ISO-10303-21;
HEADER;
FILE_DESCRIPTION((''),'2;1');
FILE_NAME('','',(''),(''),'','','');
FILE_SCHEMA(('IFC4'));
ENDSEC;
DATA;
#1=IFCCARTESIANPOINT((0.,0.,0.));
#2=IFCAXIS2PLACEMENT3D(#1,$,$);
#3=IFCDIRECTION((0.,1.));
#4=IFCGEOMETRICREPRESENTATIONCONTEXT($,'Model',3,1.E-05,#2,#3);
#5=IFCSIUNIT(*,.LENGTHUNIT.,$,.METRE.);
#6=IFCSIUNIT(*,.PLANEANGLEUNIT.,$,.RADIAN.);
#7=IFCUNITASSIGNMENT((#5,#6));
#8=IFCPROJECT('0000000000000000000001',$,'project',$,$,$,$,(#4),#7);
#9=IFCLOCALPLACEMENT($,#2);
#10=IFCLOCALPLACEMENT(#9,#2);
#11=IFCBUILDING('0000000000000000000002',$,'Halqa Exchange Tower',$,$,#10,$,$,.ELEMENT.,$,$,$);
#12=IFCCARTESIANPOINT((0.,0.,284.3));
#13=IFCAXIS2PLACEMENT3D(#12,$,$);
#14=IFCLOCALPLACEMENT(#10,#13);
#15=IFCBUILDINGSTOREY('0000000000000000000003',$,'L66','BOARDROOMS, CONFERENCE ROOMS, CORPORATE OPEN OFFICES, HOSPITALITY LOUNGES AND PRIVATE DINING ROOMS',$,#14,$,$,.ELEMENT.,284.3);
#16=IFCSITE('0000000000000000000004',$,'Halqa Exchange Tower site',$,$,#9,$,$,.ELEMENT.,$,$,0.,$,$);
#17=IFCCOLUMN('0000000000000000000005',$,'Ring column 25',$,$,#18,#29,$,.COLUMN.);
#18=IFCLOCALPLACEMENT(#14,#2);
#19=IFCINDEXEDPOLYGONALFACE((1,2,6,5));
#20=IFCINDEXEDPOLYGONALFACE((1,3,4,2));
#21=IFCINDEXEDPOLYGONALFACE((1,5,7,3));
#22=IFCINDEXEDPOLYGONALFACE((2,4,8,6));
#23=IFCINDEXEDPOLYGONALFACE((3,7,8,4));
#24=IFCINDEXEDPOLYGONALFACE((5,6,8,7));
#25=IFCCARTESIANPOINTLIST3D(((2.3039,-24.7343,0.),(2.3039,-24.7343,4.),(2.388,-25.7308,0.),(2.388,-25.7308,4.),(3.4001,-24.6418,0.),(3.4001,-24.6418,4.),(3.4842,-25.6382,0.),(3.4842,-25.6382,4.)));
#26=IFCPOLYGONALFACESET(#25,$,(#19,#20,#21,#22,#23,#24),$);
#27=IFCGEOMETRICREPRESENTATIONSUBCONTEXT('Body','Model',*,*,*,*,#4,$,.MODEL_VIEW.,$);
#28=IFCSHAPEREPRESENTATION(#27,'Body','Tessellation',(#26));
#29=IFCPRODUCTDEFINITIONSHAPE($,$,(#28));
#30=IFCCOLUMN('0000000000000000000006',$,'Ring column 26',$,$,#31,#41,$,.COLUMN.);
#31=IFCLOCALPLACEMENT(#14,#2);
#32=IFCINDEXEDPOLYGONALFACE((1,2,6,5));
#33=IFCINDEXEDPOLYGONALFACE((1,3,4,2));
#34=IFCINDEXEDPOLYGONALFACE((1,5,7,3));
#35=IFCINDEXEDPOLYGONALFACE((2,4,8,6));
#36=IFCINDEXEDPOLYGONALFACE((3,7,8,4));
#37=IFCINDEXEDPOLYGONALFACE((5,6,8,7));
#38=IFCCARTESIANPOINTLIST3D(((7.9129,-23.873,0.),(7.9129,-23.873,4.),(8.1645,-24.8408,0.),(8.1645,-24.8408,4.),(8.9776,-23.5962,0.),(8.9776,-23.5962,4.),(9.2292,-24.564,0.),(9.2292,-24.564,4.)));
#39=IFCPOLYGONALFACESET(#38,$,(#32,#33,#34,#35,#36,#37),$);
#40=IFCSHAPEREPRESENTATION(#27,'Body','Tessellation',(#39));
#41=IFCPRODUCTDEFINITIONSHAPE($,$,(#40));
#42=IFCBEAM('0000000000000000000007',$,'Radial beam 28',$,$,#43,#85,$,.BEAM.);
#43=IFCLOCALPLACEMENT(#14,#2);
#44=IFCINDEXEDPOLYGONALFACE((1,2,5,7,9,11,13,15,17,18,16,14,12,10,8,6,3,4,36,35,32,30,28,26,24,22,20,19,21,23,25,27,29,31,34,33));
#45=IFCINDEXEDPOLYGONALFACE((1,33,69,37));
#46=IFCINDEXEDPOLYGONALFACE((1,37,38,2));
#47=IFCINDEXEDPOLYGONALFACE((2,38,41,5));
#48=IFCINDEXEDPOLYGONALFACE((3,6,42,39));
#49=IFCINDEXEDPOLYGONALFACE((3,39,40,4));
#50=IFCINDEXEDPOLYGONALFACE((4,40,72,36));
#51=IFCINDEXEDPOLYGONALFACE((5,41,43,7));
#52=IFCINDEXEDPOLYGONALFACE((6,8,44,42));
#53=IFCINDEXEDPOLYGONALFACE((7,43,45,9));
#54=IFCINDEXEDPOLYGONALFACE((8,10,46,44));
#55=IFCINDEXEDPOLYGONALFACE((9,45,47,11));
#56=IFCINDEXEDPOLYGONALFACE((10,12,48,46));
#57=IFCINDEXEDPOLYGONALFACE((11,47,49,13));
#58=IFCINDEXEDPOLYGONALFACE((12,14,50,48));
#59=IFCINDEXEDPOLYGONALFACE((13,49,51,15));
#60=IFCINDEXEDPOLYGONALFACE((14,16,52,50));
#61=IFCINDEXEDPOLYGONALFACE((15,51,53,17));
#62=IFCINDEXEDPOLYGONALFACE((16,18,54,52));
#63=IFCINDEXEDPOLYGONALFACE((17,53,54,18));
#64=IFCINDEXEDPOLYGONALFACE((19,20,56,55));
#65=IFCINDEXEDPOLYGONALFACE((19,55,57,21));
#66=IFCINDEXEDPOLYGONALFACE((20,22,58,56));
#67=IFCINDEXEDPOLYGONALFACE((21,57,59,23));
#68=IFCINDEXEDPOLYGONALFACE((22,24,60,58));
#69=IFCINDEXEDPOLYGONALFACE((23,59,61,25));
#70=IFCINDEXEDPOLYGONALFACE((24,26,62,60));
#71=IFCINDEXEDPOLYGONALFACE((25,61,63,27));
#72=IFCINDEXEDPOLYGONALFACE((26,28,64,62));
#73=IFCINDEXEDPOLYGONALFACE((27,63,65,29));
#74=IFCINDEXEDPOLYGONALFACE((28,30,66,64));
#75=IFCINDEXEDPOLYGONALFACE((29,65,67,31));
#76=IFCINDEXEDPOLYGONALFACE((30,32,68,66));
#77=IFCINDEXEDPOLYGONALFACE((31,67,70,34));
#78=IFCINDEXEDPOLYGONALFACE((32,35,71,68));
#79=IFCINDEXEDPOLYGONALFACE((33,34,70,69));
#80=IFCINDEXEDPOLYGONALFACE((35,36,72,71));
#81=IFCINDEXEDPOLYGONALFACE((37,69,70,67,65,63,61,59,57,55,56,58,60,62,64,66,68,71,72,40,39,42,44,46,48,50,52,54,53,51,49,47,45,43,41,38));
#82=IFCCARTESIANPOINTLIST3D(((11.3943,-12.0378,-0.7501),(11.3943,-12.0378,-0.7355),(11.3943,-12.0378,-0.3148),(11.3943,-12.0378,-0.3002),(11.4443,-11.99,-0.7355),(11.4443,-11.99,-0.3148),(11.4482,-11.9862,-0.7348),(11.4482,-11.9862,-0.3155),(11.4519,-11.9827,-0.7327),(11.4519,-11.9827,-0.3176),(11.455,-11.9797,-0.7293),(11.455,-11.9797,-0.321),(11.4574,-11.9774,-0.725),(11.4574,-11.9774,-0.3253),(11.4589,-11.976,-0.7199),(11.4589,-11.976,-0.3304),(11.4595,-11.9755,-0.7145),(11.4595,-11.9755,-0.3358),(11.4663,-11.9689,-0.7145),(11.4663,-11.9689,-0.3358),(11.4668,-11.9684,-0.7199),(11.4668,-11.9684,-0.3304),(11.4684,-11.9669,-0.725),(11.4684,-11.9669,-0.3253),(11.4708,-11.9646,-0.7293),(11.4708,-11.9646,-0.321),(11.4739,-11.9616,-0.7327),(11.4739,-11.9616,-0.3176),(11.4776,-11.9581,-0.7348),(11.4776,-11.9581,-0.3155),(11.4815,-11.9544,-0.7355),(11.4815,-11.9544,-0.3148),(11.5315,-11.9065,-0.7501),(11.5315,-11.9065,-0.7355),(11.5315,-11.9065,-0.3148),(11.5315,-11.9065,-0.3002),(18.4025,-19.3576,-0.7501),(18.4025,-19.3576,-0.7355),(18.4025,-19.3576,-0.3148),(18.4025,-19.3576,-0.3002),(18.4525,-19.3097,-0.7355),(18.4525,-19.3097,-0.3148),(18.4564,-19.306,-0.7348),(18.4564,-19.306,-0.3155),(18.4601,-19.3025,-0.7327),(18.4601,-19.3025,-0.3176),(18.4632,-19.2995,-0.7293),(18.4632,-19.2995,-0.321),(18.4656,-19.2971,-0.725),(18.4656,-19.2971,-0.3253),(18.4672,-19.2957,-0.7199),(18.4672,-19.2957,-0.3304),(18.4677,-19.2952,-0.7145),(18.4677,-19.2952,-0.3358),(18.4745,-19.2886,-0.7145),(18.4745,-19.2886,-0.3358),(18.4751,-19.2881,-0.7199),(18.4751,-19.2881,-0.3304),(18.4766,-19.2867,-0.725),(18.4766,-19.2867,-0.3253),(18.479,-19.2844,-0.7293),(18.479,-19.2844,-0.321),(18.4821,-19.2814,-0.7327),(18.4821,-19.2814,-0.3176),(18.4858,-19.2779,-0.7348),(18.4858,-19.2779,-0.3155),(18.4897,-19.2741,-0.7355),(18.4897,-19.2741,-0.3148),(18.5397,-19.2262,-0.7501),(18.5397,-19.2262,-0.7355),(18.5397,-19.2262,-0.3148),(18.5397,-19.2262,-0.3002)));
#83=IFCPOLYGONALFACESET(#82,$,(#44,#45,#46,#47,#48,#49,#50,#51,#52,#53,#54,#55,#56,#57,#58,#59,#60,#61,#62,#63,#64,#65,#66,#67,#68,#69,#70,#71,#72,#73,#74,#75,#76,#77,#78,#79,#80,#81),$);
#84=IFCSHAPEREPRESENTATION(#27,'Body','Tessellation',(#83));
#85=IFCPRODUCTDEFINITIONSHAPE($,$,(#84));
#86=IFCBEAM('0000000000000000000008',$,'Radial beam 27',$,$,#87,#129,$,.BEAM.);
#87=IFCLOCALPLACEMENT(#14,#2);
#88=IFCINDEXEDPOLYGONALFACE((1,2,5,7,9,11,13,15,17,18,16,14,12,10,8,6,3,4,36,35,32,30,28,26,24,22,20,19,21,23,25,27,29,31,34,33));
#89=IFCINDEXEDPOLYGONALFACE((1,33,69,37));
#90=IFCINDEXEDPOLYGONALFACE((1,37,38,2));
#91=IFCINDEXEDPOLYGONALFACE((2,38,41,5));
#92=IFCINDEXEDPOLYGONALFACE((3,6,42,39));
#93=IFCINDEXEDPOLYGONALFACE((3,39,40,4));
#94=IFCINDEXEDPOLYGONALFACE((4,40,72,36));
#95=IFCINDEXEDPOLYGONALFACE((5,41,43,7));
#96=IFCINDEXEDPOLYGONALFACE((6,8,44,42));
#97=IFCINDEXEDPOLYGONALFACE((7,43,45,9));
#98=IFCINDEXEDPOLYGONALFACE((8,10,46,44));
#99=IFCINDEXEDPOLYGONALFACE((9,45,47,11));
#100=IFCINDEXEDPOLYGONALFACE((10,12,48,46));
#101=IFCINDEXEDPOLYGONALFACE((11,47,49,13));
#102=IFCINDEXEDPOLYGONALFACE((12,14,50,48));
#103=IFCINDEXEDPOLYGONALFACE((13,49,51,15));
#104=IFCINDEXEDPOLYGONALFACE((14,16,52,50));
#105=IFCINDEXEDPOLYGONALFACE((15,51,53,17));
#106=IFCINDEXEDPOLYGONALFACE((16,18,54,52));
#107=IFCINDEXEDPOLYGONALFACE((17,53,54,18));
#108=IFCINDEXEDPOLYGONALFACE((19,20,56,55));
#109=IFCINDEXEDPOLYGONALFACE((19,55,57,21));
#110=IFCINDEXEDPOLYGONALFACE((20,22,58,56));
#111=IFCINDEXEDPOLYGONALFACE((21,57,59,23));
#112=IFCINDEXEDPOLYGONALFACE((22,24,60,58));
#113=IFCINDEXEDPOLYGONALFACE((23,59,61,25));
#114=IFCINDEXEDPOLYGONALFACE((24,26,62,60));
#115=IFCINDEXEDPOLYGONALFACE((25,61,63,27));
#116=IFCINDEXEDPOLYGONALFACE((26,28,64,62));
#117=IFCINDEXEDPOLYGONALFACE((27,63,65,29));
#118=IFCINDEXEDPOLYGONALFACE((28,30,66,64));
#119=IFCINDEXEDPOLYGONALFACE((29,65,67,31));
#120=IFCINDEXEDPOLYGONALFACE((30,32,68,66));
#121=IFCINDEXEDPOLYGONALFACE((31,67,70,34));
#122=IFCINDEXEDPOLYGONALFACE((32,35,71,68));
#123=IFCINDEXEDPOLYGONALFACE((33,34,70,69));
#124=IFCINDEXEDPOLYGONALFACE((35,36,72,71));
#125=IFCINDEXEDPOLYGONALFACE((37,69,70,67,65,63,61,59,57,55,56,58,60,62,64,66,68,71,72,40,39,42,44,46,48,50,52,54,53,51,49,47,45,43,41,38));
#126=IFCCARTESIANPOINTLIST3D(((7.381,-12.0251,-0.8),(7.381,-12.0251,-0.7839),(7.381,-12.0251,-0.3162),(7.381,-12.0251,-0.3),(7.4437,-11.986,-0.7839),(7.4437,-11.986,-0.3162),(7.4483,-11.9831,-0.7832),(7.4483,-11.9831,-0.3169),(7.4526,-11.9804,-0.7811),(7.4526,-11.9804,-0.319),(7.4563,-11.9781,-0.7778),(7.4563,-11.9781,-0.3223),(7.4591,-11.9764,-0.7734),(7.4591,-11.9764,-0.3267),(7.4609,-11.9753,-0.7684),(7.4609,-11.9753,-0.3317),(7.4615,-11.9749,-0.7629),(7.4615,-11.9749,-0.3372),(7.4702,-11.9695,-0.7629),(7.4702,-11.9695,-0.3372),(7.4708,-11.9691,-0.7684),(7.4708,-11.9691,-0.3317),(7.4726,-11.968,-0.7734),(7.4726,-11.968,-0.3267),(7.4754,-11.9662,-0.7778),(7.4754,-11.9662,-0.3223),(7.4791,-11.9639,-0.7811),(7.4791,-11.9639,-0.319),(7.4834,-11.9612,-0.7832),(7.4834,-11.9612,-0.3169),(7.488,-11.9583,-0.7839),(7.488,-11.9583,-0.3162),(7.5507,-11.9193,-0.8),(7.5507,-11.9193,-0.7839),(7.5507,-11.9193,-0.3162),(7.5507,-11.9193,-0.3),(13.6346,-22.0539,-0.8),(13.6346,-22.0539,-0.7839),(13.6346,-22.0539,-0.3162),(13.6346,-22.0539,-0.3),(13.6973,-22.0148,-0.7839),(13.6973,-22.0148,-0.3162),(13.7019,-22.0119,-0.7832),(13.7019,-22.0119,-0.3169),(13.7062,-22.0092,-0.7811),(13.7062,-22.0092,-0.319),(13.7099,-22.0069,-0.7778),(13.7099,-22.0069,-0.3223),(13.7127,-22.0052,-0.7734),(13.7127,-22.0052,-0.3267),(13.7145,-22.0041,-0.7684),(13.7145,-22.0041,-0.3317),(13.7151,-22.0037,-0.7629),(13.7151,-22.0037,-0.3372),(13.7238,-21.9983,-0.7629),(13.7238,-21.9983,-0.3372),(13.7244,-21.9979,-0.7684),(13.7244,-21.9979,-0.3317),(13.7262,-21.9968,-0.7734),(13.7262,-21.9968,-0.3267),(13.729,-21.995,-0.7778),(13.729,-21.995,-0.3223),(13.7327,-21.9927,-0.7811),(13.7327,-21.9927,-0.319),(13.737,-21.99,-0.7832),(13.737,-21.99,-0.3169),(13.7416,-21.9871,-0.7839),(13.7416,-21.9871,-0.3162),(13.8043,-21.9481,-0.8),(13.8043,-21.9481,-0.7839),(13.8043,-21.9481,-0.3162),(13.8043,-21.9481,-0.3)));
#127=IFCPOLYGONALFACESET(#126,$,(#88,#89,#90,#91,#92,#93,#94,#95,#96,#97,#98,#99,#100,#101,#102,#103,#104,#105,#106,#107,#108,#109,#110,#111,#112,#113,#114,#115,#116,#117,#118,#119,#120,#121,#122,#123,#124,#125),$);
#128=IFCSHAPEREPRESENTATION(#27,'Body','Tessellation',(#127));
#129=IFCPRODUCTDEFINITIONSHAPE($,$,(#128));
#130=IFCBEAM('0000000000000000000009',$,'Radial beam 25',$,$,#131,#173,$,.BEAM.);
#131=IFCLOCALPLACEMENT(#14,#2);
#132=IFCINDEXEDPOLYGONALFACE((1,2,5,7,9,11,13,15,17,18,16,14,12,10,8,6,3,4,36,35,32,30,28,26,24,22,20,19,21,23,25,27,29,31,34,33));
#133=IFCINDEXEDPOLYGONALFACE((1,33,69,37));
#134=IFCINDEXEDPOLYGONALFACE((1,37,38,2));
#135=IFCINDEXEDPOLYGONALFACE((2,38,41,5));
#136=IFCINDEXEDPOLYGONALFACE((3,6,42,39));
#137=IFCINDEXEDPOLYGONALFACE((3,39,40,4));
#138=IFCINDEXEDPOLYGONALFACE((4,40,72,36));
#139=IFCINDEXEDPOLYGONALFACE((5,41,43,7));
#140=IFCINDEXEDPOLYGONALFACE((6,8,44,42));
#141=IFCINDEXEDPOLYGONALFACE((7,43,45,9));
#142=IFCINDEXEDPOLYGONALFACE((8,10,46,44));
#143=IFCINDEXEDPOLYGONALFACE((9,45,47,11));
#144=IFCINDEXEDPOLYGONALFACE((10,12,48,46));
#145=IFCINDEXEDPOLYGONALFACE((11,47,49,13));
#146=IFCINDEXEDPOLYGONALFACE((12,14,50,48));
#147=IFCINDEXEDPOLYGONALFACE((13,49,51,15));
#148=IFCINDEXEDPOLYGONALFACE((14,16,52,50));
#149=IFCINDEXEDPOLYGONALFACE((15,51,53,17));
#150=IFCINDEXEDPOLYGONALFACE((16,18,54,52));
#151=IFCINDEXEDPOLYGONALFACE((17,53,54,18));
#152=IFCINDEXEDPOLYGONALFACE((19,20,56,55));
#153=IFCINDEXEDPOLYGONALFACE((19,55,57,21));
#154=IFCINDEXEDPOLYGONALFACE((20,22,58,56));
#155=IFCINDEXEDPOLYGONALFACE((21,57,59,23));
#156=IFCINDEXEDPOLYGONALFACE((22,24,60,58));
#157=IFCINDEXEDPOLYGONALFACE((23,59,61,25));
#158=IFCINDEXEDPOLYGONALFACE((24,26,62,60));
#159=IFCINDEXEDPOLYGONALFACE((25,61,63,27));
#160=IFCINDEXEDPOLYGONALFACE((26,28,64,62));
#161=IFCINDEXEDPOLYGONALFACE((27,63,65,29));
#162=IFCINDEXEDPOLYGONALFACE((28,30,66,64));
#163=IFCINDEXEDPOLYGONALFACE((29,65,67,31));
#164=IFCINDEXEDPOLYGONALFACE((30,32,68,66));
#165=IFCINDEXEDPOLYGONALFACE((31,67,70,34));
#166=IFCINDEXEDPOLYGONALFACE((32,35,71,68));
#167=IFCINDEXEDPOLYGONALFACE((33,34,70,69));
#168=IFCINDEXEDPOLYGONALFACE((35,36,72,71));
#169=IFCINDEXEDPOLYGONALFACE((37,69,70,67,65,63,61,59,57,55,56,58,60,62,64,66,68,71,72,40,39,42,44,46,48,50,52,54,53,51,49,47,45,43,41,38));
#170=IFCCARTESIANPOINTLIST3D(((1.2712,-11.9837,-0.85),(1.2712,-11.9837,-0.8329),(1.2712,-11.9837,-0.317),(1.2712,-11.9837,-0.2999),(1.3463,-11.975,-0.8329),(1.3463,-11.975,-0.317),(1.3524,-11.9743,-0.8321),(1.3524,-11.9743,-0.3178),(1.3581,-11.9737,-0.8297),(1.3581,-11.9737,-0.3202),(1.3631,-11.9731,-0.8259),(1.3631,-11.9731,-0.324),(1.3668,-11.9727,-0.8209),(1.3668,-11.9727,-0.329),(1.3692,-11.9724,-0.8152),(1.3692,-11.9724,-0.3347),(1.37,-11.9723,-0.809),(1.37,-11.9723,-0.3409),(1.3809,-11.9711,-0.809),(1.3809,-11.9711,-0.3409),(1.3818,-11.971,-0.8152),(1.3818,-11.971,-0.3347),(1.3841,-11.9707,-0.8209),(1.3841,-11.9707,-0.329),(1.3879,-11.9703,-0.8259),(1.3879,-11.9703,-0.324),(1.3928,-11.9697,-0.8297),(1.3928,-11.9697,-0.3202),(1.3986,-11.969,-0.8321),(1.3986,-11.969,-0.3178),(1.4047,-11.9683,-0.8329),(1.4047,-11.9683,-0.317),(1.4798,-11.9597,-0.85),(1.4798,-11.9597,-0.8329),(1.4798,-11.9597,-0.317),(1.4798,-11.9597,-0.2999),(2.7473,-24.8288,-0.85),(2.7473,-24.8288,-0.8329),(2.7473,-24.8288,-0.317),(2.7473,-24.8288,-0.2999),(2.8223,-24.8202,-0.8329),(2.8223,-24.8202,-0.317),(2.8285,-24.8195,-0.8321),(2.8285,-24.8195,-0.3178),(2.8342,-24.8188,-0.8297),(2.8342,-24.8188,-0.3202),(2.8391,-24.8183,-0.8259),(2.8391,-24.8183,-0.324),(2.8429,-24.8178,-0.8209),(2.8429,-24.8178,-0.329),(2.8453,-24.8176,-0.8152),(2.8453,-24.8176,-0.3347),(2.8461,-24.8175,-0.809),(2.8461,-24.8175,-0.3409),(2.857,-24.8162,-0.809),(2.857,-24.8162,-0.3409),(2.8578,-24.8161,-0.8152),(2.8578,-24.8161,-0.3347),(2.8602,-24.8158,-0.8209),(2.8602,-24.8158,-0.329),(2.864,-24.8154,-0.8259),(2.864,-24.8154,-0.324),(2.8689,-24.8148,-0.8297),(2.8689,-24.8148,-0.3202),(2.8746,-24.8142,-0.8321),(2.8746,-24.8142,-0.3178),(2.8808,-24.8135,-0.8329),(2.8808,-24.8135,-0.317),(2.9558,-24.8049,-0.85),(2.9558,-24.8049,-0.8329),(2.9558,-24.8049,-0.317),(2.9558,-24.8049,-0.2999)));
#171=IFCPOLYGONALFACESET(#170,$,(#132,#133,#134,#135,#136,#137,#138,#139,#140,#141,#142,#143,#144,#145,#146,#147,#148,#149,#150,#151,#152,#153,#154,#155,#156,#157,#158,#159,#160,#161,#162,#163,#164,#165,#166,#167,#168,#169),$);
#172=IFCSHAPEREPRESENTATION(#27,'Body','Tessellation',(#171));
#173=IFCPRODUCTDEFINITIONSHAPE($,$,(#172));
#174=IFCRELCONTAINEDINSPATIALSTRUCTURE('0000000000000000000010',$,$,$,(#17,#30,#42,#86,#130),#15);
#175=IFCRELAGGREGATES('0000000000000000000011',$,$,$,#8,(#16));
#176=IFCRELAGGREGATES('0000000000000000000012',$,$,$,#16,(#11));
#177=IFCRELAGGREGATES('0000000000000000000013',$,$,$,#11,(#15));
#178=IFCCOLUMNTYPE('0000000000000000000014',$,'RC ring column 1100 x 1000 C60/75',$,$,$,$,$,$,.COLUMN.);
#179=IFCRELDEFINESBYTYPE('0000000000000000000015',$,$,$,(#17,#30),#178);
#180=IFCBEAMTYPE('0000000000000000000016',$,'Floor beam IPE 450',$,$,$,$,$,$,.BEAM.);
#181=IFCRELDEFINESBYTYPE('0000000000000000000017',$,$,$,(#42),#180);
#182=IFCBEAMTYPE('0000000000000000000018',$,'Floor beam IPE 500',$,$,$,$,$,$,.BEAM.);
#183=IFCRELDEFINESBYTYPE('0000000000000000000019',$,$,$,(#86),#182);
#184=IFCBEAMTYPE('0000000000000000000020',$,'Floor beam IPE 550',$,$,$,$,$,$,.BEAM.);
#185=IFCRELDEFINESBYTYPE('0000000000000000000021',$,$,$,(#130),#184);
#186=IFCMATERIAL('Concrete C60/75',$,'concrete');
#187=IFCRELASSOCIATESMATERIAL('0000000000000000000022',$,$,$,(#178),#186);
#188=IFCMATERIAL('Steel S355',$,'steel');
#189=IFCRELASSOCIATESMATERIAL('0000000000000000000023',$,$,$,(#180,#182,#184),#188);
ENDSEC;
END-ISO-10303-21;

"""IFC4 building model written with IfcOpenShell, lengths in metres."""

from ifc_helpers import new_model, si_unit, direction, frame, origin, origin_2d, place, context, subcontext, project, spatial, rectangle, i_section, extrude, material, material_profile, profile_set, type_object, element, save


model = new_model("IFC4")

# Units and contexts
model_context = context("Model", 3, precision=1e-05, world=origin(), true_north=direction((0.0, 1.0)))
body_context = subcontext(model_context, "Body", "Model", "MODEL_VIEW")
ifc_project = project(units=[si_unit("LENGTHUNIT", "METRE"), si_unit("PLANEANGLEUNIT", "RADIAN")], contexts=[model_context])

# Site, building, storey
site_placement = place(None, origin())
site = spatial("IfcSite", under=ifc_project, at=site_placement, Name="Halqa Exchange Tower site", CompositionType="ELEMENT", RefElevation=0.0)
building_placement = place(site_placement, origin())
building = spatial("IfcBuilding", under=site, at=building_placement, Name="Halqa Exchange Tower", CompositionType="ELEMENT")
storey_placement = place(building_placement, frame((0.0, 0.0, 284.3)))
storey = spatial("IfcBuildingStorey", under=building, at=storey_placement, Name="L66", Description="BOARDROOMS, CONFERENCE ROOMS, CORPORATE OPEN OFFICES, HOSPITALITY LOUNGES AND PRIVATE DINING ROOMS", CompositionType="ELEMENT", Elevation=284.3)

# Columns
ifc_material_1 = material(Name="Concrete C60/75", Category="concrete")
ifc_material_profile_1 = material_profile(ifc_material_1, rectangle(XDim=1.1001, YDim=1.0, at=origin_2d()), Name="1100 x 1000")
ifc_profile_set_1 = profile_set([ifc_material_profile_1], Name="Concrete C60/75")
column_type = type_object("IfcColumnType", Name="RC ring column 1100 x 1000 C60/75", PredefinedType="COLUMN", material=ifc_profile_set_1)
for number, where, z_axis, x_axis, name in (
    (1, (2.894, -25.1863, 0.0), (0.0, 0.0, 1.0), (0.996456, 0.084121, 0.0), "Ring column 25"),
    (2, (8.571, -24.2185, 0.0), (0.0, 0.0, 1.0), (0.96782, 0.251644, 0.0), "Ring column 26"),
):
    element("IfcColumn", number, at=place(storey_placement, frame(where, z_axis=z_axis, x_axis=x_axis)), inside=storey, type_object=column_type, Name=name, PredefinedType="COLUMN", context=body_context, shape_type="SweptSolid", body=[
        extrude(rectangle(XDim=1.1001, YDim=1.0, at=origin_2d()), origin(), (0.0, 0.0, 1.0), 4.0),
    ])

# Beams
ifc_material_2 = material(Name="Steel S355", Category="steel")
ifc_material_profile_2 = material_profile(ifc_material_2, i_section(OverallWidth=0.1899, OverallDepth=0.45, WebThickness=0.0095, FlangeThickness=0.0146, FilletRadius=0.021, at=origin_2d()), Name="IPE 450")
ifc_profile_set_2 = profile_set([ifc_material_profile_2], Name="Steel S355")
beam_type_1 = type_object("IfcBeamType", Name="Floor beam IPE 450", PredefinedType="BEAM", material=ifc_profile_set_2)
beam_1_placement = place(storey_placement, frame((11.4629, -11.9722, -0.5251), z_axis=(0.691569, -0.72231, 0.0), x_axis=(0.72231, 0.691569, 0.0)))
element("IfcBeam", 3, at=beam_1_placement, inside=storey, type_object=beam_type_1, Name="Radial beam 28", PredefinedType="BEAM", context=body_context, shape_type="SweptSolid", body=[
    extrude(i_section(OverallWidth=0.1899, OverallDepth=0.45, WebThickness=0.0095, FlangeThickness=0.0146, FilletRadius=0.021, at=origin_2d()), origin(), (0.0, 0.0, 1.0), 10.1338),
])
ifc_material_profile_3 = material_profile(ifc_material_2, i_section(OverallWidth=0.2, OverallDepth=0.5, WebThickness=0.0103, FlangeThickness=0.0161, FilletRadius=0.021, at=origin_2d()), Name="IPE 500")
ifc_profile_set_3 = profile_set([ifc_material_profile_3], Name="Steel S355")
beam_type_2 = type_object("IfcBeamType", Name="Floor beam IPE 500", PredefinedType="BEAM", material=ifc_profile_set_3)
beam_2_placement = place(storey_placement, frame((7.4658, -11.9722, -0.55), z_axis=(0.529126, -0.848543, 0.0), x_axis=(0.848543, 0.529126, 0.0)))
element("IfcBeam", 4, at=beam_2_placement, inside=storey, type_object=beam_type_2, Name="Radial beam 27", PredefinedType="BEAM", context=body_context, shape_type="SweptSolid", body=[
    extrude(i_section(OverallWidth=0.2, OverallDepth=0.5, WebThickness=0.0103, FlangeThickness=0.0161, FilletRadius=0.021, at=origin_2d()), origin(), (0.0, 0.0, 1.0), 11.8188),
])
ifc_material_profile_4 = material_profile(ifc_material_2, i_section(OverallWidth=0.21, OverallDepth=0.55, WebThickness=0.011, FlangeThickness=0.0171, FilletRadius=0.0239, at=origin_2d()), Name="IPE 550")
ifc_profile_set_4 = profile_set([ifc_material_profile_4], Name="Steel S355")
beam_type_3 = type_object("IfcBeamType", Name="Floor beam IPE 550", PredefinedType="BEAM", material=ifc_profile_set_4)
beam_3_placement = place(storey_placement, frame((1.3755, -11.9717, -0.575), z_axis=(0.114161, -0.993462, 0.0), x_axis=(0.993462, 0.114161, 0.0)))
element("IfcBeam", 5, at=beam_3_placement, inside=storey, type_object=beam_type_3, Name="Radial beam 25", PredefinedType="BEAM", context=body_context, shape_type="SweptSolid", body=[
    extrude(i_section(OverallWidth=0.21, OverallDepth=0.55, WebThickness=0.011, FlangeThickness=0.0171, FilletRadius=0.0239, at=origin_2d()), origin(), (0.0, 0.0, 1.0), 12.9297),
])

save(model, "model.ifc")
